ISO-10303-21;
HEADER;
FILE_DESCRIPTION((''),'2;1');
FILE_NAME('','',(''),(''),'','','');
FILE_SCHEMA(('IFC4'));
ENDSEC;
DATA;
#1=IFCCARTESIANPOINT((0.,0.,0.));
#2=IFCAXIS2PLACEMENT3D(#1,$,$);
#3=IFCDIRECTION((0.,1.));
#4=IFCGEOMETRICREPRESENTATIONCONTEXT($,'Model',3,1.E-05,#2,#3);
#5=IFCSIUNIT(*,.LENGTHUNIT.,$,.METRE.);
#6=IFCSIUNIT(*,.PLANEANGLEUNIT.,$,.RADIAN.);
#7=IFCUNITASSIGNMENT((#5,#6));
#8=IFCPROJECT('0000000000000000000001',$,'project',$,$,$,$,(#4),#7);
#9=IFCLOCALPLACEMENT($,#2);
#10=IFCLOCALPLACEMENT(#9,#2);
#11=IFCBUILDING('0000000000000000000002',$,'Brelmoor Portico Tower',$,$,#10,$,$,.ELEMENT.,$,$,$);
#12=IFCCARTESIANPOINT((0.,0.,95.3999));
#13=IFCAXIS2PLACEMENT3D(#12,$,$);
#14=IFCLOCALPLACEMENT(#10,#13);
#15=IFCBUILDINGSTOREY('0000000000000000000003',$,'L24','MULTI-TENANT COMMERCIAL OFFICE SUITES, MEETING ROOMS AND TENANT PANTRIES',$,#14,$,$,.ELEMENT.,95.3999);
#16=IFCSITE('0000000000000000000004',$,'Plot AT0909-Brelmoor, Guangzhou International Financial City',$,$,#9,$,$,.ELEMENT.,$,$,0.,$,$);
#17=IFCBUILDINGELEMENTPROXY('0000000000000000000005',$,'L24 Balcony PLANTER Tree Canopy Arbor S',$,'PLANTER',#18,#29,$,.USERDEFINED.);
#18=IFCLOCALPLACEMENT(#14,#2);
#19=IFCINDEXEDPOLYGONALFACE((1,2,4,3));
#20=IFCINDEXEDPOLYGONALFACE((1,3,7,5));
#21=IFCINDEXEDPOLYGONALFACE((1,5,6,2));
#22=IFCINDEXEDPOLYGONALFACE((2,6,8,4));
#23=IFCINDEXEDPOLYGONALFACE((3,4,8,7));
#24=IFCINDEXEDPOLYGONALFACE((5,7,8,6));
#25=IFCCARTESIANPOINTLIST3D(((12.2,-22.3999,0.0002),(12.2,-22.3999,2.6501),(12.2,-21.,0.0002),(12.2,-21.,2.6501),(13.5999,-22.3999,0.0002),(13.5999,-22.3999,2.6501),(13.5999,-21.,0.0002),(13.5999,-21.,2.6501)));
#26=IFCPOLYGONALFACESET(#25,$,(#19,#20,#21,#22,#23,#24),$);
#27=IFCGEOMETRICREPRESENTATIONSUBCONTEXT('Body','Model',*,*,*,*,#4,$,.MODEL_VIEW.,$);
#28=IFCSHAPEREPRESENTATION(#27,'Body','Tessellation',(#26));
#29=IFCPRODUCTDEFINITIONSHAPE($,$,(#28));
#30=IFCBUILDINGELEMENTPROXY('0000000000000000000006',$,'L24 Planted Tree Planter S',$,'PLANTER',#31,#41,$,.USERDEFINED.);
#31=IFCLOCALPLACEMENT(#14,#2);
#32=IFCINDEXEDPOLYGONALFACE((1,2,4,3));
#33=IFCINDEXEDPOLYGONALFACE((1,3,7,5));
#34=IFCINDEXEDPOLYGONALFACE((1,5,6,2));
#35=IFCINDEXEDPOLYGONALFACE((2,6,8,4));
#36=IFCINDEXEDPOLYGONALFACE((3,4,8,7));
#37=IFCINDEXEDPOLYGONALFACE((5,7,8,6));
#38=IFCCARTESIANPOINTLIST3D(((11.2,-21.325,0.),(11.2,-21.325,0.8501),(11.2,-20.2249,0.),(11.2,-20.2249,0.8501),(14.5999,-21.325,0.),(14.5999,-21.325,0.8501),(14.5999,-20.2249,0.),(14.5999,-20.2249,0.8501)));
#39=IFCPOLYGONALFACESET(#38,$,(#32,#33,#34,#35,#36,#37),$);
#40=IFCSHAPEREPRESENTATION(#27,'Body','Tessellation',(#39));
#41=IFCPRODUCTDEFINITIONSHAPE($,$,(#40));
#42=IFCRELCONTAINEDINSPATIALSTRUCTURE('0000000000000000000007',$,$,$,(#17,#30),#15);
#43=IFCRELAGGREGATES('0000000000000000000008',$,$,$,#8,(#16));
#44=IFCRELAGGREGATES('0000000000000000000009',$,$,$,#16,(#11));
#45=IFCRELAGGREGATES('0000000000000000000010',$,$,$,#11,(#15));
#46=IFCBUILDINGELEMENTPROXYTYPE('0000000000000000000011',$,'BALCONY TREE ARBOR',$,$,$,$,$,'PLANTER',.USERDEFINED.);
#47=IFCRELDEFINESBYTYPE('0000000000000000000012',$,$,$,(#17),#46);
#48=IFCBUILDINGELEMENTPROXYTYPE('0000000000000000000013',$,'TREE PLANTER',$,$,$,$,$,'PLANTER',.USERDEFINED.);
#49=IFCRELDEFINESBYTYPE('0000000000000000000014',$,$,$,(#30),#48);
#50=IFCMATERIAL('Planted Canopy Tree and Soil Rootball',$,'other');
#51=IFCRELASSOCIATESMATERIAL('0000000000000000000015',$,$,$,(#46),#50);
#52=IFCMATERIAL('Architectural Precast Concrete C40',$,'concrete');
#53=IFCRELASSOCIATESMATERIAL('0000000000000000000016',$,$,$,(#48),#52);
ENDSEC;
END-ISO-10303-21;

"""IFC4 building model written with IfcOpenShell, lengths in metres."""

from ifc_helpers import new_model, si_unit, direction, frame, origin, origin_2d, place, context, subcontext, project, spatial, rectangle, extrude, material, type_object, element, save


model = new_model("IFC4")

# Units and contexts
model_context = context("Model", 3, precision=1e-05, world=origin(), true_north=direction((0.0, 1.0)))
body_context = subcontext(model_context, "Body", "Model", "MODEL_VIEW")
ifc_project = project(units=[si_unit("LENGTHUNIT", "METRE"), si_unit("PLANEANGLEUNIT", "RADIAN")], contexts=[model_context])

# Site, building, storey
site_placement = place(None, origin())
site = spatial("IfcSite", under=ifc_project, at=site_placement, Name="Plot AT0909-Brelmoor, Guangzhou International Financial City", CompositionType="ELEMENT", RefElevation=0.0)
building_placement = place(site_placement, origin())
building = spatial("IfcBuilding", under=site, at=building_placement, Name="Brelmoor Portico Tower", CompositionType="ELEMENT")
storey_placement = place(building_placement, frame((0.0, 0.0, 95.3999)))
storey = spatial("IfcBuildingStorey", under=building, at=storey_placement, Name="L24", Description="MULTI-TENANT COMMERCIAL OFFICE SUITES, MEETING ROOMS AND TENANT PANTRIES", CompositionType="ELEMENT", Elevation=95.3999)

# Building element proxies
ifc_material_1 = material(Name="Planted Canopy Tree and Soil Rootball", Category="other")
building_element_proxy_type_1 = type_object("IfcBuildingElementProxyType", Name="BALCONY TREE ARBOR", ElementType="PLANTER", PredefinedType="USERDEFINED", material=ifc_material_1)
proxy_1_placement = place(storey_placement, frame((12.8999, -21.7, 0.0002), z_axis=(0.0, 0.0, 1.0), x_axis=(1.0, 0.0, 0.0)))
element("IfcBuildingElementProxy", 1, at=proxy_1_placement, inside=storey, type_object=building_element_proxy_type_1, Name="L24 Balcony PLANTER Tree Canopy Arbor S", ObjectType="PLANTER", PredefinedType="USERDEFINED", context=body_context, shape_type="SweptSolid", body=[
    extrude(rectangle(XDim=1.3999, YDim=1.3999, at=origin_2d()), origin(), (0.0, 0.0, 1.0), 2.6499),
])
ifc_material_2 = material(Name="Architectural Precast Concrete C40", Category="concrete")
building_element_proxy_type_2 = type_object("IfcBuildingElementProxyType", Name="TREE PLANTER", ElementType="PLANTER", PredefinedType="USERDEFINED", material=ifc_material_2)
proxy_2_placement = place(storey_placement, frame((12.8999, -20.7749, 0.0), z_axis=(0.0, 0.0, 1.0), x_axis=(1.0, 0.0, 0.0)))
element("IfcBuildingElementProxy", 2, at=proxy_2_placement, inside=storey, type_object=building_element_proxy_type_2, Name="L24 Planted Tree Planter S", ObjectType="PLANTER", PredefinedType="USERDEFINED", context=body_context, shape_type="SweptSolid", body=[
    extrude(rectangle(XDim=3.3999, YDim=1.1001, at=origin_2d()), origin(), (0.0, 0.0, 1.0), 0.8501),
])

save(model, "model.ifc")
